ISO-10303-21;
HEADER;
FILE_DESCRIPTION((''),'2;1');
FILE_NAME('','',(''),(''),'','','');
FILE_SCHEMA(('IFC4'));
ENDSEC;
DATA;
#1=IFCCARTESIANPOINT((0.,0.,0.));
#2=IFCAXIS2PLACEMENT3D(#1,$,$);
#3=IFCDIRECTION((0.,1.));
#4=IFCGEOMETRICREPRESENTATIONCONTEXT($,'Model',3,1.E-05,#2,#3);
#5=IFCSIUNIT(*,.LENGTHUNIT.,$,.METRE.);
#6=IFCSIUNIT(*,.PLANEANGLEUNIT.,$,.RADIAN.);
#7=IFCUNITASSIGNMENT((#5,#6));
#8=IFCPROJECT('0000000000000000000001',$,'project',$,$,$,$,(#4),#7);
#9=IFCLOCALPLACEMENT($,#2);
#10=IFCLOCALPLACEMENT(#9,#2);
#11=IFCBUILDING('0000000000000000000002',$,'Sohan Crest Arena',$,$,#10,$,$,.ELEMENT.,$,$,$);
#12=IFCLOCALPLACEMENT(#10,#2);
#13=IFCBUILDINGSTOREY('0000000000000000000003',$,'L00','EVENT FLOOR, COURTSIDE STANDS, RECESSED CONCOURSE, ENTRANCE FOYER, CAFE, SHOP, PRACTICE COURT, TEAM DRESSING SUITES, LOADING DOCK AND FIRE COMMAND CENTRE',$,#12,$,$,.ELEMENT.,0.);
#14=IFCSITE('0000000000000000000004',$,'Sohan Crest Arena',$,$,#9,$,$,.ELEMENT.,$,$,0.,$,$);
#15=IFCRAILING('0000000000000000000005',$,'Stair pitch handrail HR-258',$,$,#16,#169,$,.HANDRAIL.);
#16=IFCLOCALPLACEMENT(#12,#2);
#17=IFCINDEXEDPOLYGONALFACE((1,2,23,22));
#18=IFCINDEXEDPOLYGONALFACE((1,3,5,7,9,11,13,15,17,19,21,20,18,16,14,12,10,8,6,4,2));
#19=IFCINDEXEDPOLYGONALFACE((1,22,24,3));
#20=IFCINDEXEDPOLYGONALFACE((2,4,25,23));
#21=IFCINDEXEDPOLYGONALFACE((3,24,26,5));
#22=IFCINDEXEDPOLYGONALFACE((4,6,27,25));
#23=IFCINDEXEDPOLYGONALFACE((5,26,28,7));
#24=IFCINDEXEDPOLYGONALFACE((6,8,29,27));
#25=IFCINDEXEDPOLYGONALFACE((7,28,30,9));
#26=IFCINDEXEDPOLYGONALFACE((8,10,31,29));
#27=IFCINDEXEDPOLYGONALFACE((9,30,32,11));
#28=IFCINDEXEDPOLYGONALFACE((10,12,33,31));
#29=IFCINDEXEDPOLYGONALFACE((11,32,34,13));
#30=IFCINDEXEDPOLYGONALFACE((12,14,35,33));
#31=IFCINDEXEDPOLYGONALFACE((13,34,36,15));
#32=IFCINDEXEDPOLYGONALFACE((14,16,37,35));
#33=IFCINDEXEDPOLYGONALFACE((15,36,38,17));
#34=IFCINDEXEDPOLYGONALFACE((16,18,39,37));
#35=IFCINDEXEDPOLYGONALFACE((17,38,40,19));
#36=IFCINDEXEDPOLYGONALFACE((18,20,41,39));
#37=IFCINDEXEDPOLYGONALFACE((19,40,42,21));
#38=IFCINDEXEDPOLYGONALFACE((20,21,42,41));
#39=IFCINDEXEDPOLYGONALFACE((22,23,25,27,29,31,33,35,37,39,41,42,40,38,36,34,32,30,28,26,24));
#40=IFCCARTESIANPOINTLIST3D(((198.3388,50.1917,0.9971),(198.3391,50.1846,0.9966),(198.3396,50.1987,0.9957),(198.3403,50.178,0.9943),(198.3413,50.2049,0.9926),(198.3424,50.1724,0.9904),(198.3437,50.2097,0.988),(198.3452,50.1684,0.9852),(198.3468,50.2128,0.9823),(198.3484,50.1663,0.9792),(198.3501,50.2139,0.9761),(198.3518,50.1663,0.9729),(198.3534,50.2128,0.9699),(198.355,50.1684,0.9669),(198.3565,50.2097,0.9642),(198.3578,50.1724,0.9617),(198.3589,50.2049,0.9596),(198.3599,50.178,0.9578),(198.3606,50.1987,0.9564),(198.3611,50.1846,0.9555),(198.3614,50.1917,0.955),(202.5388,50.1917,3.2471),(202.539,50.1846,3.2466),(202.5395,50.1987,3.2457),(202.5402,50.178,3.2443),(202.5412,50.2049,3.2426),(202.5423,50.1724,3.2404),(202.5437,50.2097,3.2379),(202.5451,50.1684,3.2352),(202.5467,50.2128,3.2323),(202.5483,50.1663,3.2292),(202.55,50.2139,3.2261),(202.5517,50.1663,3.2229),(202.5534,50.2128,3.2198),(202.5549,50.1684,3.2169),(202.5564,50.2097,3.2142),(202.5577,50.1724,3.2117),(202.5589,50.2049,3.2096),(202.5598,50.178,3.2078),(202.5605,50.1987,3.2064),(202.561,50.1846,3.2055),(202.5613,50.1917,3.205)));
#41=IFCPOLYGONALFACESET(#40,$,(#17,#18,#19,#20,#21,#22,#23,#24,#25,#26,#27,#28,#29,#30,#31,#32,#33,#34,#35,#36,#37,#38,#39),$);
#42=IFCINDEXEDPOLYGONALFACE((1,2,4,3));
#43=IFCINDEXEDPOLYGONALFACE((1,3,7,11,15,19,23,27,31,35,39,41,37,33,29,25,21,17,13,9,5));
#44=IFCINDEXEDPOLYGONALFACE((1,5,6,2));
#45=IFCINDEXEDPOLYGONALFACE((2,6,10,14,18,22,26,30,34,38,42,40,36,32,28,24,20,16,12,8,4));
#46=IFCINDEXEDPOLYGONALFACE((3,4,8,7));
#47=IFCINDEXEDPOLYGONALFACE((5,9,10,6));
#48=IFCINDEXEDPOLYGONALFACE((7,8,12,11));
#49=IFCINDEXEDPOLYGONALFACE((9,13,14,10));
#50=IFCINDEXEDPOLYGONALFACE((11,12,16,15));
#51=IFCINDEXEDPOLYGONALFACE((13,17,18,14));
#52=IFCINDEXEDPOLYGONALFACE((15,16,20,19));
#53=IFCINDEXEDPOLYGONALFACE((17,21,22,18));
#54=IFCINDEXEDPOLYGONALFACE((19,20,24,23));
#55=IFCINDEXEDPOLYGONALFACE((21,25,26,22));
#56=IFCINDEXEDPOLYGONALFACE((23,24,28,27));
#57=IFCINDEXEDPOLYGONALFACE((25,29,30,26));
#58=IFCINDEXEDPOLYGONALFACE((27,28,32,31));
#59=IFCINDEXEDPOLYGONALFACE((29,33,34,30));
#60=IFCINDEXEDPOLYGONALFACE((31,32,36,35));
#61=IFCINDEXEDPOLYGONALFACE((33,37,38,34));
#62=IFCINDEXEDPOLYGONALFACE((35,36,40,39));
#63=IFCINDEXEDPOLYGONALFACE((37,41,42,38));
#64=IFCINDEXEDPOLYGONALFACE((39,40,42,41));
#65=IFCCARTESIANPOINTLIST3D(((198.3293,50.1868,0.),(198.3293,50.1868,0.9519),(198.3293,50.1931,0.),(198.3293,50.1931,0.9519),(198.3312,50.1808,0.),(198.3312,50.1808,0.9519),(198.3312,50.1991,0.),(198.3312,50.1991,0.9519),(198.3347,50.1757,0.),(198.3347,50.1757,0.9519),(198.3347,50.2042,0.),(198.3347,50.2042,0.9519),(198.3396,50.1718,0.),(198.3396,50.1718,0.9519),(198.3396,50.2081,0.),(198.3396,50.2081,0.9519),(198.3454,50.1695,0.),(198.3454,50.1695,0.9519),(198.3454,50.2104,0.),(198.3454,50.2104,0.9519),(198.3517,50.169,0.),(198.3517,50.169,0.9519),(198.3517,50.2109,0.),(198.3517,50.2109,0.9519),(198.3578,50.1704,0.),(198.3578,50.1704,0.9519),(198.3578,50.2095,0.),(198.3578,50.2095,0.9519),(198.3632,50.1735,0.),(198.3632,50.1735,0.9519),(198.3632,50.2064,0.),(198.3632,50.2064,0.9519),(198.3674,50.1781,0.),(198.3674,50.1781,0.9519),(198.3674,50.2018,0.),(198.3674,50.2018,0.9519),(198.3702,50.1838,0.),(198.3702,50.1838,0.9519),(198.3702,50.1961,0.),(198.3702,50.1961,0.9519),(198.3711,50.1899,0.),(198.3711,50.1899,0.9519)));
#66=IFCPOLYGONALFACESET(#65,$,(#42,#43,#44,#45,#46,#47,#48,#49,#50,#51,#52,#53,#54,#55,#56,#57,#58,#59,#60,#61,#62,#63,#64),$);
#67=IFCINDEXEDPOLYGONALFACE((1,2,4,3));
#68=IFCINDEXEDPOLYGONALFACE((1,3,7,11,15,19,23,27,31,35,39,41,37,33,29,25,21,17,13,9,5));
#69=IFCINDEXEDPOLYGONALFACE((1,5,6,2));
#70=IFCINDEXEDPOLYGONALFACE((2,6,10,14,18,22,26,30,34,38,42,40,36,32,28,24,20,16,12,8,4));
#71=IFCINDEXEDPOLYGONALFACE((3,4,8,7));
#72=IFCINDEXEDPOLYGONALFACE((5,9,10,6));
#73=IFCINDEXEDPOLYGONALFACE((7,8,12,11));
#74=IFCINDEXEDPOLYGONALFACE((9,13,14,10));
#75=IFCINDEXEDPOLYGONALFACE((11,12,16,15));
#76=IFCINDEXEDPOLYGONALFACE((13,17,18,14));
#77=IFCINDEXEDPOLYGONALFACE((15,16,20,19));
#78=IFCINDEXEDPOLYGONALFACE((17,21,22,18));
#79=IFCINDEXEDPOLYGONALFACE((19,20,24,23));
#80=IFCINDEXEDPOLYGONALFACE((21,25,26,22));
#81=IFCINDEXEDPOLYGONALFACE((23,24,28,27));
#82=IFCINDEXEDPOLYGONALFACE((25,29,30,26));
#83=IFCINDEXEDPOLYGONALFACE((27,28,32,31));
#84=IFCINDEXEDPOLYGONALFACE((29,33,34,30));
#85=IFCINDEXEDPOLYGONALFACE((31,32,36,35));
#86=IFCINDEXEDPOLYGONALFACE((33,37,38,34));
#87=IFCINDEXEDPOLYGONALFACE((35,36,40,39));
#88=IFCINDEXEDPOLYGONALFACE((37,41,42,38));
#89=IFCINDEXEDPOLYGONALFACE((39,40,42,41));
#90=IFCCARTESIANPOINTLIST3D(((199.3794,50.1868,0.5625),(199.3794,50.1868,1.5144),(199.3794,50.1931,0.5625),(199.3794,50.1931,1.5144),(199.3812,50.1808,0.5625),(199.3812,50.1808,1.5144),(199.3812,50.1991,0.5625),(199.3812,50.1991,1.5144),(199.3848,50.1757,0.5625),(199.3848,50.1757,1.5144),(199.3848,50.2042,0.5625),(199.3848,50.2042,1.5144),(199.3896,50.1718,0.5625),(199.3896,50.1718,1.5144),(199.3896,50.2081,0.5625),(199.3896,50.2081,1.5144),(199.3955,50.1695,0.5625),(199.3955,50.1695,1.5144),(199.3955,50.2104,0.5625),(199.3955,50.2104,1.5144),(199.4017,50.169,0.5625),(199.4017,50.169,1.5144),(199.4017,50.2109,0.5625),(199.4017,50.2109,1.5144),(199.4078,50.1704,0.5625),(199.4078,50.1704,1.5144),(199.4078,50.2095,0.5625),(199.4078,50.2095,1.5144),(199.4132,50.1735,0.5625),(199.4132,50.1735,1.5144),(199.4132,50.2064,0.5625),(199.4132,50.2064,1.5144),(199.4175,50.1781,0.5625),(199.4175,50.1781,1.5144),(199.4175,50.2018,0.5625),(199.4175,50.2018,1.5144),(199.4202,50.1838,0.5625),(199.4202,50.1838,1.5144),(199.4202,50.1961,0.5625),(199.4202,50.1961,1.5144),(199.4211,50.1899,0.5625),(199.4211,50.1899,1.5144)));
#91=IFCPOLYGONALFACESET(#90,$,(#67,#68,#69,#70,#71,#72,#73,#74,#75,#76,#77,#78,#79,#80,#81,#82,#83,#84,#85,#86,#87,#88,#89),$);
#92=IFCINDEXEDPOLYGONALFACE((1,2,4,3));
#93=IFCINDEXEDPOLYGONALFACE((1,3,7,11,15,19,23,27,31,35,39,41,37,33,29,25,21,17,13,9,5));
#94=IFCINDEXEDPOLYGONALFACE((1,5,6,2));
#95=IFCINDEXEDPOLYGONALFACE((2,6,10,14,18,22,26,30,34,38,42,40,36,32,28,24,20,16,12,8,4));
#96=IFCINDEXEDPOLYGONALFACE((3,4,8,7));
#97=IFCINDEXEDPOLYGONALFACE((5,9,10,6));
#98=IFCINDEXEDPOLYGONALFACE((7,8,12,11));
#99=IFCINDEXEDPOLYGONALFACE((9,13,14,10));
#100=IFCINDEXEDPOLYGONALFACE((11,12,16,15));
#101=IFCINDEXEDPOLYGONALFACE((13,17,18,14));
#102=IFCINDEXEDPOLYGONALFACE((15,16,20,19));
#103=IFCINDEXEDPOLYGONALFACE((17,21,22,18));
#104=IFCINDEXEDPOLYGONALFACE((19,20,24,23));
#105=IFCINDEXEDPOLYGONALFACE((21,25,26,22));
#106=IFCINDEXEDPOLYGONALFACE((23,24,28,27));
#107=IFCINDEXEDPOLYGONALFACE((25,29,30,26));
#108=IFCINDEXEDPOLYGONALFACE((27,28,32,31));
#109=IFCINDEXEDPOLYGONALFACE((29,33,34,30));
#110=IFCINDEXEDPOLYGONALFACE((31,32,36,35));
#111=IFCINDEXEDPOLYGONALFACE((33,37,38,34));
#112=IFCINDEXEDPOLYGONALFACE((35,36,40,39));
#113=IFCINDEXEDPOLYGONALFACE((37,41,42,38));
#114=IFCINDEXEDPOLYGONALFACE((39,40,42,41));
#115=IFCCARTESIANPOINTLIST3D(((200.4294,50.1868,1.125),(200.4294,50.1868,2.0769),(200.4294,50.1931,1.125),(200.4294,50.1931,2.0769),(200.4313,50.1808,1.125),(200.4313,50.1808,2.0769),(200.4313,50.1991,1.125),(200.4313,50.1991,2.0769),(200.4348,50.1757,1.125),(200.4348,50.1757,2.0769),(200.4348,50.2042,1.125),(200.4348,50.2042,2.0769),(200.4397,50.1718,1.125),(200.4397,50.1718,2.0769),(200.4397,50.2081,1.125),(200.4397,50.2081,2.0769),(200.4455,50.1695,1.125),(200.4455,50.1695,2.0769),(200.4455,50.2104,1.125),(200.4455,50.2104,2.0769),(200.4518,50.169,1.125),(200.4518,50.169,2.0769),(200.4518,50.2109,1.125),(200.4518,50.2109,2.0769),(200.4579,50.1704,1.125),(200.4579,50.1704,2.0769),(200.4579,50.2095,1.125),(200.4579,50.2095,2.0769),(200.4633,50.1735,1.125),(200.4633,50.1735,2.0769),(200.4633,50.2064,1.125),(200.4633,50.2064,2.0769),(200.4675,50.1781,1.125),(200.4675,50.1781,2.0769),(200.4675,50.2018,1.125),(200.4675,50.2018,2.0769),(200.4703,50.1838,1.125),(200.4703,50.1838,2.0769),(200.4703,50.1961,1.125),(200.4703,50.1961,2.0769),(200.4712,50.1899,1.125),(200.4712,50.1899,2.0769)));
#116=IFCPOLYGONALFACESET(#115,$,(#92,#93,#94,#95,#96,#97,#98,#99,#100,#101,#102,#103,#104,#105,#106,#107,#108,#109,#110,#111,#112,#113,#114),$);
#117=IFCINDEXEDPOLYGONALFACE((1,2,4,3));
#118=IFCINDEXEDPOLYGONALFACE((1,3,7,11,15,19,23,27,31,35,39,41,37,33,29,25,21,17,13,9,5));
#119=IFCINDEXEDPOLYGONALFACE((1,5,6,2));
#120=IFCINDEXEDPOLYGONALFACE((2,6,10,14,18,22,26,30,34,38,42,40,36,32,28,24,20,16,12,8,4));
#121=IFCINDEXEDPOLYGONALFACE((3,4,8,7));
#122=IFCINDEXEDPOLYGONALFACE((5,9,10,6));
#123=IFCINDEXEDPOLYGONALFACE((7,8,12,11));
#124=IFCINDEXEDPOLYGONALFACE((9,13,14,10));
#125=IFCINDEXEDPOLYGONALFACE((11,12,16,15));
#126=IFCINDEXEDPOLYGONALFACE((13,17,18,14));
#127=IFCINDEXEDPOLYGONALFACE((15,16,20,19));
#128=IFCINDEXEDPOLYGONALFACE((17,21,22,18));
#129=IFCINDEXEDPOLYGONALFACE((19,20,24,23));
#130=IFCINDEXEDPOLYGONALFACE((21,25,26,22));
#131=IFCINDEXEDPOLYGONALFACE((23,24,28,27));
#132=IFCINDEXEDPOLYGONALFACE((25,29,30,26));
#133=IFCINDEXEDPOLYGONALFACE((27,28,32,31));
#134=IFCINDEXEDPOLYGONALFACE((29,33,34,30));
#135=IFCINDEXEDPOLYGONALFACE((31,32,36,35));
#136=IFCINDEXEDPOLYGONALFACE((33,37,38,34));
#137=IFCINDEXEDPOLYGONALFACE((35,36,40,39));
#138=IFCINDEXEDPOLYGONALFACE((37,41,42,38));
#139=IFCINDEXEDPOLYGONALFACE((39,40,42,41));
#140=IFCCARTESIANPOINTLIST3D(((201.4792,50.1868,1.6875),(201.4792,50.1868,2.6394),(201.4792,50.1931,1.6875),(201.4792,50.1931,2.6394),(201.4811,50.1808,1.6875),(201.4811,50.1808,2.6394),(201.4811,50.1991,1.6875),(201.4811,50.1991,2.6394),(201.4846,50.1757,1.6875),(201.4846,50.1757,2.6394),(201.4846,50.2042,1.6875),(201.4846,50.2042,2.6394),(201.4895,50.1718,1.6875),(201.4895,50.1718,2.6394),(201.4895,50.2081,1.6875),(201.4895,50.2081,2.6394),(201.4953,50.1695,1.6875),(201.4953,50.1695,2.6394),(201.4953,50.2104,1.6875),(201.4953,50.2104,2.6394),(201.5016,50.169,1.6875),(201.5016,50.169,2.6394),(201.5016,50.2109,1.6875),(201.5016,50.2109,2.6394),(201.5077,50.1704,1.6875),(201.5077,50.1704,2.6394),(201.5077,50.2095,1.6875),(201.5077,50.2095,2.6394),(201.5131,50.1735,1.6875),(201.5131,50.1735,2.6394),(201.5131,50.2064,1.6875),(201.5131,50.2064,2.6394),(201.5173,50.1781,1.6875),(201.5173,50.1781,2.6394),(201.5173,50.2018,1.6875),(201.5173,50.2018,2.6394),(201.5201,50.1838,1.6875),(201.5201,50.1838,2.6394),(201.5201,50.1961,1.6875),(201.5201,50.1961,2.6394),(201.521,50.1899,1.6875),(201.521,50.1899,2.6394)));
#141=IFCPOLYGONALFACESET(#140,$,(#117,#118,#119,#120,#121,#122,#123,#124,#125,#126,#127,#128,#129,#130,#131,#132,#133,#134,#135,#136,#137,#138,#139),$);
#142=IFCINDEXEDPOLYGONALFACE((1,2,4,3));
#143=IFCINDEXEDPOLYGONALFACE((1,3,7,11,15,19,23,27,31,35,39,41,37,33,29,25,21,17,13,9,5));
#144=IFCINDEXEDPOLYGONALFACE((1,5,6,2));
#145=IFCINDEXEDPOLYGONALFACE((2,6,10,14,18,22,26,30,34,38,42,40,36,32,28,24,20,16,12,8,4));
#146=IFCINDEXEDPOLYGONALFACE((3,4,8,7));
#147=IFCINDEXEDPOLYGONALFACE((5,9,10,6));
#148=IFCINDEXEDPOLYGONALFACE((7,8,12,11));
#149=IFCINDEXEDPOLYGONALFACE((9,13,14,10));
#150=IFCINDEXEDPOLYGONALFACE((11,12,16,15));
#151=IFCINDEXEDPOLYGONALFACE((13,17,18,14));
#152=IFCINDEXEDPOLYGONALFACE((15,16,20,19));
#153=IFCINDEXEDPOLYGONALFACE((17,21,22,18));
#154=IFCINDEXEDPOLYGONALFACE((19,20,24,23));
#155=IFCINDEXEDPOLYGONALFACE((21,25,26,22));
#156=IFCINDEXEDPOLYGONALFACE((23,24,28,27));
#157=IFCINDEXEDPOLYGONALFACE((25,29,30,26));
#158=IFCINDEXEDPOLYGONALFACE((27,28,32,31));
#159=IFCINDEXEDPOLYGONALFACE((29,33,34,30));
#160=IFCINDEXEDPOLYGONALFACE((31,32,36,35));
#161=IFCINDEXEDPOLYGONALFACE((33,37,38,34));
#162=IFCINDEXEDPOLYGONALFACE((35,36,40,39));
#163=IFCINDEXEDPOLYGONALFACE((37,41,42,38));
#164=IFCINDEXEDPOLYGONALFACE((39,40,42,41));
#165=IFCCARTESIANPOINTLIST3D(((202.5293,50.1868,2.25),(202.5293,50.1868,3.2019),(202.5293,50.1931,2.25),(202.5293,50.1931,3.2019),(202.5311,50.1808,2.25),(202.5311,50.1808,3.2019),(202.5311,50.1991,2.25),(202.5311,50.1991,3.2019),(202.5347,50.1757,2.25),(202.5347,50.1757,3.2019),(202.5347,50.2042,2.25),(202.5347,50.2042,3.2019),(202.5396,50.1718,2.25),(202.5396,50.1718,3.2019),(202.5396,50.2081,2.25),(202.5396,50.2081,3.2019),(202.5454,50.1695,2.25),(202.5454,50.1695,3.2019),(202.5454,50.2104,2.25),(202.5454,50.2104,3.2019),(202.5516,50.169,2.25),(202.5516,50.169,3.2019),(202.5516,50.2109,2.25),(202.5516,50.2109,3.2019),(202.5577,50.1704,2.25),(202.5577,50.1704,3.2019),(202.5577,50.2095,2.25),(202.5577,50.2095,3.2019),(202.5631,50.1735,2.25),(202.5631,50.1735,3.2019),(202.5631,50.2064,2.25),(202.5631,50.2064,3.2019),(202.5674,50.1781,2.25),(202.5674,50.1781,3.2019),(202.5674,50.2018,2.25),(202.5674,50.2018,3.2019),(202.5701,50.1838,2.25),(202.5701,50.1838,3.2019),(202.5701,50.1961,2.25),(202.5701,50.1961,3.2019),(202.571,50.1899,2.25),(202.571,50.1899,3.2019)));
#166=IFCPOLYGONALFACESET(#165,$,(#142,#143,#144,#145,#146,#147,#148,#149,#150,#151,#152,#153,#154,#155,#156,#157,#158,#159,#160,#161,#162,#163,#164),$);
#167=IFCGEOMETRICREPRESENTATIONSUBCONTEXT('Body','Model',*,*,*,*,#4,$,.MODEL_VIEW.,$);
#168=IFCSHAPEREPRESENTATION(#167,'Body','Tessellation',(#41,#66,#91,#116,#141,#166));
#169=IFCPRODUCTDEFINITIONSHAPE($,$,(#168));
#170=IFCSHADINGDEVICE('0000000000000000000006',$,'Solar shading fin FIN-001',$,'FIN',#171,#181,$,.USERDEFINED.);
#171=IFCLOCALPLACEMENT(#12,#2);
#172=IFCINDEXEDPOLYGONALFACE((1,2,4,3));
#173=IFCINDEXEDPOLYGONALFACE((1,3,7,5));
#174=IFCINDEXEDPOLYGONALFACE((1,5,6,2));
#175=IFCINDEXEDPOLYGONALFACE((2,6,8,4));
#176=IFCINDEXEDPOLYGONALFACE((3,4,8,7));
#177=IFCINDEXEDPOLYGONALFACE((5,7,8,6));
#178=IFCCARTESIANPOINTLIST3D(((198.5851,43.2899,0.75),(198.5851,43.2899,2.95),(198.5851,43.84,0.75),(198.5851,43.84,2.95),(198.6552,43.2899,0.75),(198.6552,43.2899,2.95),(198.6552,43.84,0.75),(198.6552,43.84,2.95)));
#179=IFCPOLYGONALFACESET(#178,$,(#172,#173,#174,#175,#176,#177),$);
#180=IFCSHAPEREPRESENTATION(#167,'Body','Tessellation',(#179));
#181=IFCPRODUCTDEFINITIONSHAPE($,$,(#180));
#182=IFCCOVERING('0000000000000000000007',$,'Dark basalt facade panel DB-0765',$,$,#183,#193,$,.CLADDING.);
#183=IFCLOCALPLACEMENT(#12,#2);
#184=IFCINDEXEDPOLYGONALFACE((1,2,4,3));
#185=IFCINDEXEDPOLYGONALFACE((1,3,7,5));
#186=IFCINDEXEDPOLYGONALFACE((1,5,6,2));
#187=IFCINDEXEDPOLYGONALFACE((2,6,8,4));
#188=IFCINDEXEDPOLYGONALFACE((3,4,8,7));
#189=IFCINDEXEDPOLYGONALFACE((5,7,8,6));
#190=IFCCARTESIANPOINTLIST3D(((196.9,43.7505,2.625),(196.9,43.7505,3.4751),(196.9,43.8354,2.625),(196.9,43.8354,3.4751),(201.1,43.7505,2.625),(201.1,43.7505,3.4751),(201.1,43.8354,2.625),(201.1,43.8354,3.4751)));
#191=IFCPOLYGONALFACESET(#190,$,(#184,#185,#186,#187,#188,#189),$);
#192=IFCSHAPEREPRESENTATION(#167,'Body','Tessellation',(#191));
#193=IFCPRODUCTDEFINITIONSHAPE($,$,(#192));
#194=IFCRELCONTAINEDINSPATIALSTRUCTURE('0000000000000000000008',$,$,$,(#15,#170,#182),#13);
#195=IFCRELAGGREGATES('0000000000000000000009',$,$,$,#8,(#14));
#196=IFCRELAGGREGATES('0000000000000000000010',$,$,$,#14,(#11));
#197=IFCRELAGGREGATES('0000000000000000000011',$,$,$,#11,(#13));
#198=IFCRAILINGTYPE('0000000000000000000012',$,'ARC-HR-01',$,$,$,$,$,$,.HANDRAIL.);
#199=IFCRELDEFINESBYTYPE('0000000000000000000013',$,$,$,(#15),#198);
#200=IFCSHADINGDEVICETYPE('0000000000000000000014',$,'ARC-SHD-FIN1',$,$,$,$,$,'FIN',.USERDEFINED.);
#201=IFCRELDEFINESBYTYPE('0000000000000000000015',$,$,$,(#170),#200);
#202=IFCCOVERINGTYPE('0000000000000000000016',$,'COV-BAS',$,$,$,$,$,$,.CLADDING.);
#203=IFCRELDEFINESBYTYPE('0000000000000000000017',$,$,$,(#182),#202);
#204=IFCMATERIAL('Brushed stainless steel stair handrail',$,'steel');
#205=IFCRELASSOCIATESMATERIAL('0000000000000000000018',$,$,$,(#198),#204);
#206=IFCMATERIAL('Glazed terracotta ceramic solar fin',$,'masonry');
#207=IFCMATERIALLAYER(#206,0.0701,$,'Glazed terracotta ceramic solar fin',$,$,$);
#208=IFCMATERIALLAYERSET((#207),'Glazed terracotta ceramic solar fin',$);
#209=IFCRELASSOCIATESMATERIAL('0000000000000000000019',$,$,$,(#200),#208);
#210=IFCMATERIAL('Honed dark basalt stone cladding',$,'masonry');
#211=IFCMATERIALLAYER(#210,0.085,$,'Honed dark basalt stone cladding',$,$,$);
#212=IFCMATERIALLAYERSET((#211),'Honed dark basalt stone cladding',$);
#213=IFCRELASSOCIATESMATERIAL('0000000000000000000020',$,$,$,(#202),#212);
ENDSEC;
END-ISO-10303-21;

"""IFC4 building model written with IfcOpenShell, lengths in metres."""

from ifc_helpers import new_model, si_unit, direction, frame, origin, origin_2d, place, context, subcontext, project, spatial, rectangle, circle, extrude, material, layer, layer_set, type_object, element, save


model = new_model("IFC4")

# Units and contexts
model_context = context("Model", 3, precision=1e-05, world=origin(), true_north=direction((0.0, 1.0)))
body_context = subcontext(model_context, "Body", "Model", "MODEL_VIEW")
ifc_project = project(units=[si_unit("LENGTHUNIT", "METRE"), si_unit("PLANEANGLEUNIT", "RADIAN")], contexts=[model_context])

# Site, building, storey
site_placement = place(None, origin())
site = spatial("IfcSite", under=ifc_project, at=site_placement, Name="Sohan Crest Arena", CompositionType="ELEMENT", RefElevation=0.0)
building_placement = place(site_placement, origin())
building = spatial("IfcBuilding", under=site, at=building_placement, Name="Sohan Crest Arena", CompositionType="ELEMENT")
storey_placement = place(building_placement, origin())
storey = spatial("IfcBuildingStorey", under=building, at=storey_placement, Name="L00", Description="EVENT FLOOR, COURTSIDE STANDS, RECESSED CONCOURSE, ENTRANCE FOYER, CAFE, SHOP, PRACTICE COURT, TEAM DRESSING SUITES, LOADING DOCK AND FIRE COMMAND CENTRE", CompositionType="ELEMENT", Elevation=0.0)

# Railing
ifc_material_1 = material(Name="Brushed stainless steel stair handrail", Category="steel")
railing_type_1 = type_object("IfcRailingType", Name="ARC-HR-01", PredefinedType="HANDRAIL", material=ifc_material_1)
for number, where, name in (
    (1, (198.3501, 50.1899, 0.0), "Stair pitch handrail HR-258"),
):
    element("IfcRailing", number, at=place(storey_placement, frame(where)), inside=storey, type_object=railing_type_1, Name=name, PredefinedType="HANDRAIL", context=body_context, shape_type="SweptSolid", body=[
        extrude(circle(Radius=0.0239, at=origin_2d()), frame((0.0, 0.0, 0.9761), z_axis=(0.881478, 0.0, 0.472226), x_axis=(0.0, 1.0, 0.0)), (0.0, 0.0, 1.0), 4.7646),
        extrude(circle(Radius=0.021, at=origin_2d()), origin(), (0.0, 0.0, 1.0), 0.9519),
        extrude(circle(Radius=0.021, at=origin_2d()), frame((1.05, 0.0, 0.5625)), (0.0, 0.0, 1.0), 0.9519),
        extrude(circle(Radius=0.021, at=origin_2d()), frame((2.1001, 0.0, 1.125)), (0.0, 0.0, 1.0), 0.9519),
        extrude(circle(Radius=0.021, at=origin_2d()), frame((3.1499, 0.0, 1.6875)), (0.0, 0.0, 1.0), 0.9519),
        extrude(circle(Radius=0.021, at=origin_2d()), frame((4.2, 0.0, 2.25)), (0.0, 0.0, 1.0), 0.9519),
    ])

# Shading device
ifc_material_2 = material(Name="Glazed terracotta ceramic solar fin", Category="masonry")
ifc_layer_1 = layer(ifc_material_2, 0.0701, Name="Glazed terracotta ceramic solar fin")
ifc_layer_set_1 = layer_set([ifc_layer_1], Name="Glazed terracotta ceramic solar fin")
shading_device_type = type_object("IfcShadingDeviceType", Name="ARC-SHD-FIN1", ElementType="FIN", PredefinedType="USERDEFINED", material=ifc_layer_set_1)
shading_device_placement = place(storey_placement, frame((198.6201, 43.5649, 0.75), z_axis=(0.0, 0.0, 1.0), x_axis=(1.0, 0.0, 0.0)))
element("IfcShadingDevice", 2, at=shading_device_placement, inside=storey, type_object=shading_device_type, Name="Solar shading fin FIN-001", ObjectType="FIN", PredefinedType="USERDEFINED", context=body_context, shape_type="SweptSolid", body=[
    extrude(rectangle(XDim=0.0701, YDim=0.55, at=origin_2d()), origin(), (0.0, 0.0, 1.0), 2.2),
])

# Covering
ifc_material_3 = material(Name="Honed dark basalt stone cladding", Category="masonry")
ifc_layer_2 = layer(ifc_material_3, 0.085, Name="Honed dark basalt stone cladding")
ifc_layer_set_2 = layer_set([ifc_layer_2], Name="Honed dark basalt stone cladding")
covering_type = type_object("IfcCoveringType", Name="COV-BAS", PredefinedType="CLADDING", material=ifc_layer_set_2)
covering_placement = place(storey_placement, frame((199.0, 43.793, 2.625), z_axis=(0.0, 0.0, 1.0), x_axis=(1.0, 0.0, 0.0)))
element("IfcCovering", 3, at=covering_placement, inside=storey, type_object=covering_type, Name="Dark basalt facade panel DB-0765", PredefinedType="CLADDING", context=body_context, shape_type="SweptSolid", body=[
    extrude(rectangle(XDim=4.2, YDim=0.085, at=origin_2d()), origin(), (0.0, 0.0, 1.0), 0.8501),
])

save(model, "model.ifc")
